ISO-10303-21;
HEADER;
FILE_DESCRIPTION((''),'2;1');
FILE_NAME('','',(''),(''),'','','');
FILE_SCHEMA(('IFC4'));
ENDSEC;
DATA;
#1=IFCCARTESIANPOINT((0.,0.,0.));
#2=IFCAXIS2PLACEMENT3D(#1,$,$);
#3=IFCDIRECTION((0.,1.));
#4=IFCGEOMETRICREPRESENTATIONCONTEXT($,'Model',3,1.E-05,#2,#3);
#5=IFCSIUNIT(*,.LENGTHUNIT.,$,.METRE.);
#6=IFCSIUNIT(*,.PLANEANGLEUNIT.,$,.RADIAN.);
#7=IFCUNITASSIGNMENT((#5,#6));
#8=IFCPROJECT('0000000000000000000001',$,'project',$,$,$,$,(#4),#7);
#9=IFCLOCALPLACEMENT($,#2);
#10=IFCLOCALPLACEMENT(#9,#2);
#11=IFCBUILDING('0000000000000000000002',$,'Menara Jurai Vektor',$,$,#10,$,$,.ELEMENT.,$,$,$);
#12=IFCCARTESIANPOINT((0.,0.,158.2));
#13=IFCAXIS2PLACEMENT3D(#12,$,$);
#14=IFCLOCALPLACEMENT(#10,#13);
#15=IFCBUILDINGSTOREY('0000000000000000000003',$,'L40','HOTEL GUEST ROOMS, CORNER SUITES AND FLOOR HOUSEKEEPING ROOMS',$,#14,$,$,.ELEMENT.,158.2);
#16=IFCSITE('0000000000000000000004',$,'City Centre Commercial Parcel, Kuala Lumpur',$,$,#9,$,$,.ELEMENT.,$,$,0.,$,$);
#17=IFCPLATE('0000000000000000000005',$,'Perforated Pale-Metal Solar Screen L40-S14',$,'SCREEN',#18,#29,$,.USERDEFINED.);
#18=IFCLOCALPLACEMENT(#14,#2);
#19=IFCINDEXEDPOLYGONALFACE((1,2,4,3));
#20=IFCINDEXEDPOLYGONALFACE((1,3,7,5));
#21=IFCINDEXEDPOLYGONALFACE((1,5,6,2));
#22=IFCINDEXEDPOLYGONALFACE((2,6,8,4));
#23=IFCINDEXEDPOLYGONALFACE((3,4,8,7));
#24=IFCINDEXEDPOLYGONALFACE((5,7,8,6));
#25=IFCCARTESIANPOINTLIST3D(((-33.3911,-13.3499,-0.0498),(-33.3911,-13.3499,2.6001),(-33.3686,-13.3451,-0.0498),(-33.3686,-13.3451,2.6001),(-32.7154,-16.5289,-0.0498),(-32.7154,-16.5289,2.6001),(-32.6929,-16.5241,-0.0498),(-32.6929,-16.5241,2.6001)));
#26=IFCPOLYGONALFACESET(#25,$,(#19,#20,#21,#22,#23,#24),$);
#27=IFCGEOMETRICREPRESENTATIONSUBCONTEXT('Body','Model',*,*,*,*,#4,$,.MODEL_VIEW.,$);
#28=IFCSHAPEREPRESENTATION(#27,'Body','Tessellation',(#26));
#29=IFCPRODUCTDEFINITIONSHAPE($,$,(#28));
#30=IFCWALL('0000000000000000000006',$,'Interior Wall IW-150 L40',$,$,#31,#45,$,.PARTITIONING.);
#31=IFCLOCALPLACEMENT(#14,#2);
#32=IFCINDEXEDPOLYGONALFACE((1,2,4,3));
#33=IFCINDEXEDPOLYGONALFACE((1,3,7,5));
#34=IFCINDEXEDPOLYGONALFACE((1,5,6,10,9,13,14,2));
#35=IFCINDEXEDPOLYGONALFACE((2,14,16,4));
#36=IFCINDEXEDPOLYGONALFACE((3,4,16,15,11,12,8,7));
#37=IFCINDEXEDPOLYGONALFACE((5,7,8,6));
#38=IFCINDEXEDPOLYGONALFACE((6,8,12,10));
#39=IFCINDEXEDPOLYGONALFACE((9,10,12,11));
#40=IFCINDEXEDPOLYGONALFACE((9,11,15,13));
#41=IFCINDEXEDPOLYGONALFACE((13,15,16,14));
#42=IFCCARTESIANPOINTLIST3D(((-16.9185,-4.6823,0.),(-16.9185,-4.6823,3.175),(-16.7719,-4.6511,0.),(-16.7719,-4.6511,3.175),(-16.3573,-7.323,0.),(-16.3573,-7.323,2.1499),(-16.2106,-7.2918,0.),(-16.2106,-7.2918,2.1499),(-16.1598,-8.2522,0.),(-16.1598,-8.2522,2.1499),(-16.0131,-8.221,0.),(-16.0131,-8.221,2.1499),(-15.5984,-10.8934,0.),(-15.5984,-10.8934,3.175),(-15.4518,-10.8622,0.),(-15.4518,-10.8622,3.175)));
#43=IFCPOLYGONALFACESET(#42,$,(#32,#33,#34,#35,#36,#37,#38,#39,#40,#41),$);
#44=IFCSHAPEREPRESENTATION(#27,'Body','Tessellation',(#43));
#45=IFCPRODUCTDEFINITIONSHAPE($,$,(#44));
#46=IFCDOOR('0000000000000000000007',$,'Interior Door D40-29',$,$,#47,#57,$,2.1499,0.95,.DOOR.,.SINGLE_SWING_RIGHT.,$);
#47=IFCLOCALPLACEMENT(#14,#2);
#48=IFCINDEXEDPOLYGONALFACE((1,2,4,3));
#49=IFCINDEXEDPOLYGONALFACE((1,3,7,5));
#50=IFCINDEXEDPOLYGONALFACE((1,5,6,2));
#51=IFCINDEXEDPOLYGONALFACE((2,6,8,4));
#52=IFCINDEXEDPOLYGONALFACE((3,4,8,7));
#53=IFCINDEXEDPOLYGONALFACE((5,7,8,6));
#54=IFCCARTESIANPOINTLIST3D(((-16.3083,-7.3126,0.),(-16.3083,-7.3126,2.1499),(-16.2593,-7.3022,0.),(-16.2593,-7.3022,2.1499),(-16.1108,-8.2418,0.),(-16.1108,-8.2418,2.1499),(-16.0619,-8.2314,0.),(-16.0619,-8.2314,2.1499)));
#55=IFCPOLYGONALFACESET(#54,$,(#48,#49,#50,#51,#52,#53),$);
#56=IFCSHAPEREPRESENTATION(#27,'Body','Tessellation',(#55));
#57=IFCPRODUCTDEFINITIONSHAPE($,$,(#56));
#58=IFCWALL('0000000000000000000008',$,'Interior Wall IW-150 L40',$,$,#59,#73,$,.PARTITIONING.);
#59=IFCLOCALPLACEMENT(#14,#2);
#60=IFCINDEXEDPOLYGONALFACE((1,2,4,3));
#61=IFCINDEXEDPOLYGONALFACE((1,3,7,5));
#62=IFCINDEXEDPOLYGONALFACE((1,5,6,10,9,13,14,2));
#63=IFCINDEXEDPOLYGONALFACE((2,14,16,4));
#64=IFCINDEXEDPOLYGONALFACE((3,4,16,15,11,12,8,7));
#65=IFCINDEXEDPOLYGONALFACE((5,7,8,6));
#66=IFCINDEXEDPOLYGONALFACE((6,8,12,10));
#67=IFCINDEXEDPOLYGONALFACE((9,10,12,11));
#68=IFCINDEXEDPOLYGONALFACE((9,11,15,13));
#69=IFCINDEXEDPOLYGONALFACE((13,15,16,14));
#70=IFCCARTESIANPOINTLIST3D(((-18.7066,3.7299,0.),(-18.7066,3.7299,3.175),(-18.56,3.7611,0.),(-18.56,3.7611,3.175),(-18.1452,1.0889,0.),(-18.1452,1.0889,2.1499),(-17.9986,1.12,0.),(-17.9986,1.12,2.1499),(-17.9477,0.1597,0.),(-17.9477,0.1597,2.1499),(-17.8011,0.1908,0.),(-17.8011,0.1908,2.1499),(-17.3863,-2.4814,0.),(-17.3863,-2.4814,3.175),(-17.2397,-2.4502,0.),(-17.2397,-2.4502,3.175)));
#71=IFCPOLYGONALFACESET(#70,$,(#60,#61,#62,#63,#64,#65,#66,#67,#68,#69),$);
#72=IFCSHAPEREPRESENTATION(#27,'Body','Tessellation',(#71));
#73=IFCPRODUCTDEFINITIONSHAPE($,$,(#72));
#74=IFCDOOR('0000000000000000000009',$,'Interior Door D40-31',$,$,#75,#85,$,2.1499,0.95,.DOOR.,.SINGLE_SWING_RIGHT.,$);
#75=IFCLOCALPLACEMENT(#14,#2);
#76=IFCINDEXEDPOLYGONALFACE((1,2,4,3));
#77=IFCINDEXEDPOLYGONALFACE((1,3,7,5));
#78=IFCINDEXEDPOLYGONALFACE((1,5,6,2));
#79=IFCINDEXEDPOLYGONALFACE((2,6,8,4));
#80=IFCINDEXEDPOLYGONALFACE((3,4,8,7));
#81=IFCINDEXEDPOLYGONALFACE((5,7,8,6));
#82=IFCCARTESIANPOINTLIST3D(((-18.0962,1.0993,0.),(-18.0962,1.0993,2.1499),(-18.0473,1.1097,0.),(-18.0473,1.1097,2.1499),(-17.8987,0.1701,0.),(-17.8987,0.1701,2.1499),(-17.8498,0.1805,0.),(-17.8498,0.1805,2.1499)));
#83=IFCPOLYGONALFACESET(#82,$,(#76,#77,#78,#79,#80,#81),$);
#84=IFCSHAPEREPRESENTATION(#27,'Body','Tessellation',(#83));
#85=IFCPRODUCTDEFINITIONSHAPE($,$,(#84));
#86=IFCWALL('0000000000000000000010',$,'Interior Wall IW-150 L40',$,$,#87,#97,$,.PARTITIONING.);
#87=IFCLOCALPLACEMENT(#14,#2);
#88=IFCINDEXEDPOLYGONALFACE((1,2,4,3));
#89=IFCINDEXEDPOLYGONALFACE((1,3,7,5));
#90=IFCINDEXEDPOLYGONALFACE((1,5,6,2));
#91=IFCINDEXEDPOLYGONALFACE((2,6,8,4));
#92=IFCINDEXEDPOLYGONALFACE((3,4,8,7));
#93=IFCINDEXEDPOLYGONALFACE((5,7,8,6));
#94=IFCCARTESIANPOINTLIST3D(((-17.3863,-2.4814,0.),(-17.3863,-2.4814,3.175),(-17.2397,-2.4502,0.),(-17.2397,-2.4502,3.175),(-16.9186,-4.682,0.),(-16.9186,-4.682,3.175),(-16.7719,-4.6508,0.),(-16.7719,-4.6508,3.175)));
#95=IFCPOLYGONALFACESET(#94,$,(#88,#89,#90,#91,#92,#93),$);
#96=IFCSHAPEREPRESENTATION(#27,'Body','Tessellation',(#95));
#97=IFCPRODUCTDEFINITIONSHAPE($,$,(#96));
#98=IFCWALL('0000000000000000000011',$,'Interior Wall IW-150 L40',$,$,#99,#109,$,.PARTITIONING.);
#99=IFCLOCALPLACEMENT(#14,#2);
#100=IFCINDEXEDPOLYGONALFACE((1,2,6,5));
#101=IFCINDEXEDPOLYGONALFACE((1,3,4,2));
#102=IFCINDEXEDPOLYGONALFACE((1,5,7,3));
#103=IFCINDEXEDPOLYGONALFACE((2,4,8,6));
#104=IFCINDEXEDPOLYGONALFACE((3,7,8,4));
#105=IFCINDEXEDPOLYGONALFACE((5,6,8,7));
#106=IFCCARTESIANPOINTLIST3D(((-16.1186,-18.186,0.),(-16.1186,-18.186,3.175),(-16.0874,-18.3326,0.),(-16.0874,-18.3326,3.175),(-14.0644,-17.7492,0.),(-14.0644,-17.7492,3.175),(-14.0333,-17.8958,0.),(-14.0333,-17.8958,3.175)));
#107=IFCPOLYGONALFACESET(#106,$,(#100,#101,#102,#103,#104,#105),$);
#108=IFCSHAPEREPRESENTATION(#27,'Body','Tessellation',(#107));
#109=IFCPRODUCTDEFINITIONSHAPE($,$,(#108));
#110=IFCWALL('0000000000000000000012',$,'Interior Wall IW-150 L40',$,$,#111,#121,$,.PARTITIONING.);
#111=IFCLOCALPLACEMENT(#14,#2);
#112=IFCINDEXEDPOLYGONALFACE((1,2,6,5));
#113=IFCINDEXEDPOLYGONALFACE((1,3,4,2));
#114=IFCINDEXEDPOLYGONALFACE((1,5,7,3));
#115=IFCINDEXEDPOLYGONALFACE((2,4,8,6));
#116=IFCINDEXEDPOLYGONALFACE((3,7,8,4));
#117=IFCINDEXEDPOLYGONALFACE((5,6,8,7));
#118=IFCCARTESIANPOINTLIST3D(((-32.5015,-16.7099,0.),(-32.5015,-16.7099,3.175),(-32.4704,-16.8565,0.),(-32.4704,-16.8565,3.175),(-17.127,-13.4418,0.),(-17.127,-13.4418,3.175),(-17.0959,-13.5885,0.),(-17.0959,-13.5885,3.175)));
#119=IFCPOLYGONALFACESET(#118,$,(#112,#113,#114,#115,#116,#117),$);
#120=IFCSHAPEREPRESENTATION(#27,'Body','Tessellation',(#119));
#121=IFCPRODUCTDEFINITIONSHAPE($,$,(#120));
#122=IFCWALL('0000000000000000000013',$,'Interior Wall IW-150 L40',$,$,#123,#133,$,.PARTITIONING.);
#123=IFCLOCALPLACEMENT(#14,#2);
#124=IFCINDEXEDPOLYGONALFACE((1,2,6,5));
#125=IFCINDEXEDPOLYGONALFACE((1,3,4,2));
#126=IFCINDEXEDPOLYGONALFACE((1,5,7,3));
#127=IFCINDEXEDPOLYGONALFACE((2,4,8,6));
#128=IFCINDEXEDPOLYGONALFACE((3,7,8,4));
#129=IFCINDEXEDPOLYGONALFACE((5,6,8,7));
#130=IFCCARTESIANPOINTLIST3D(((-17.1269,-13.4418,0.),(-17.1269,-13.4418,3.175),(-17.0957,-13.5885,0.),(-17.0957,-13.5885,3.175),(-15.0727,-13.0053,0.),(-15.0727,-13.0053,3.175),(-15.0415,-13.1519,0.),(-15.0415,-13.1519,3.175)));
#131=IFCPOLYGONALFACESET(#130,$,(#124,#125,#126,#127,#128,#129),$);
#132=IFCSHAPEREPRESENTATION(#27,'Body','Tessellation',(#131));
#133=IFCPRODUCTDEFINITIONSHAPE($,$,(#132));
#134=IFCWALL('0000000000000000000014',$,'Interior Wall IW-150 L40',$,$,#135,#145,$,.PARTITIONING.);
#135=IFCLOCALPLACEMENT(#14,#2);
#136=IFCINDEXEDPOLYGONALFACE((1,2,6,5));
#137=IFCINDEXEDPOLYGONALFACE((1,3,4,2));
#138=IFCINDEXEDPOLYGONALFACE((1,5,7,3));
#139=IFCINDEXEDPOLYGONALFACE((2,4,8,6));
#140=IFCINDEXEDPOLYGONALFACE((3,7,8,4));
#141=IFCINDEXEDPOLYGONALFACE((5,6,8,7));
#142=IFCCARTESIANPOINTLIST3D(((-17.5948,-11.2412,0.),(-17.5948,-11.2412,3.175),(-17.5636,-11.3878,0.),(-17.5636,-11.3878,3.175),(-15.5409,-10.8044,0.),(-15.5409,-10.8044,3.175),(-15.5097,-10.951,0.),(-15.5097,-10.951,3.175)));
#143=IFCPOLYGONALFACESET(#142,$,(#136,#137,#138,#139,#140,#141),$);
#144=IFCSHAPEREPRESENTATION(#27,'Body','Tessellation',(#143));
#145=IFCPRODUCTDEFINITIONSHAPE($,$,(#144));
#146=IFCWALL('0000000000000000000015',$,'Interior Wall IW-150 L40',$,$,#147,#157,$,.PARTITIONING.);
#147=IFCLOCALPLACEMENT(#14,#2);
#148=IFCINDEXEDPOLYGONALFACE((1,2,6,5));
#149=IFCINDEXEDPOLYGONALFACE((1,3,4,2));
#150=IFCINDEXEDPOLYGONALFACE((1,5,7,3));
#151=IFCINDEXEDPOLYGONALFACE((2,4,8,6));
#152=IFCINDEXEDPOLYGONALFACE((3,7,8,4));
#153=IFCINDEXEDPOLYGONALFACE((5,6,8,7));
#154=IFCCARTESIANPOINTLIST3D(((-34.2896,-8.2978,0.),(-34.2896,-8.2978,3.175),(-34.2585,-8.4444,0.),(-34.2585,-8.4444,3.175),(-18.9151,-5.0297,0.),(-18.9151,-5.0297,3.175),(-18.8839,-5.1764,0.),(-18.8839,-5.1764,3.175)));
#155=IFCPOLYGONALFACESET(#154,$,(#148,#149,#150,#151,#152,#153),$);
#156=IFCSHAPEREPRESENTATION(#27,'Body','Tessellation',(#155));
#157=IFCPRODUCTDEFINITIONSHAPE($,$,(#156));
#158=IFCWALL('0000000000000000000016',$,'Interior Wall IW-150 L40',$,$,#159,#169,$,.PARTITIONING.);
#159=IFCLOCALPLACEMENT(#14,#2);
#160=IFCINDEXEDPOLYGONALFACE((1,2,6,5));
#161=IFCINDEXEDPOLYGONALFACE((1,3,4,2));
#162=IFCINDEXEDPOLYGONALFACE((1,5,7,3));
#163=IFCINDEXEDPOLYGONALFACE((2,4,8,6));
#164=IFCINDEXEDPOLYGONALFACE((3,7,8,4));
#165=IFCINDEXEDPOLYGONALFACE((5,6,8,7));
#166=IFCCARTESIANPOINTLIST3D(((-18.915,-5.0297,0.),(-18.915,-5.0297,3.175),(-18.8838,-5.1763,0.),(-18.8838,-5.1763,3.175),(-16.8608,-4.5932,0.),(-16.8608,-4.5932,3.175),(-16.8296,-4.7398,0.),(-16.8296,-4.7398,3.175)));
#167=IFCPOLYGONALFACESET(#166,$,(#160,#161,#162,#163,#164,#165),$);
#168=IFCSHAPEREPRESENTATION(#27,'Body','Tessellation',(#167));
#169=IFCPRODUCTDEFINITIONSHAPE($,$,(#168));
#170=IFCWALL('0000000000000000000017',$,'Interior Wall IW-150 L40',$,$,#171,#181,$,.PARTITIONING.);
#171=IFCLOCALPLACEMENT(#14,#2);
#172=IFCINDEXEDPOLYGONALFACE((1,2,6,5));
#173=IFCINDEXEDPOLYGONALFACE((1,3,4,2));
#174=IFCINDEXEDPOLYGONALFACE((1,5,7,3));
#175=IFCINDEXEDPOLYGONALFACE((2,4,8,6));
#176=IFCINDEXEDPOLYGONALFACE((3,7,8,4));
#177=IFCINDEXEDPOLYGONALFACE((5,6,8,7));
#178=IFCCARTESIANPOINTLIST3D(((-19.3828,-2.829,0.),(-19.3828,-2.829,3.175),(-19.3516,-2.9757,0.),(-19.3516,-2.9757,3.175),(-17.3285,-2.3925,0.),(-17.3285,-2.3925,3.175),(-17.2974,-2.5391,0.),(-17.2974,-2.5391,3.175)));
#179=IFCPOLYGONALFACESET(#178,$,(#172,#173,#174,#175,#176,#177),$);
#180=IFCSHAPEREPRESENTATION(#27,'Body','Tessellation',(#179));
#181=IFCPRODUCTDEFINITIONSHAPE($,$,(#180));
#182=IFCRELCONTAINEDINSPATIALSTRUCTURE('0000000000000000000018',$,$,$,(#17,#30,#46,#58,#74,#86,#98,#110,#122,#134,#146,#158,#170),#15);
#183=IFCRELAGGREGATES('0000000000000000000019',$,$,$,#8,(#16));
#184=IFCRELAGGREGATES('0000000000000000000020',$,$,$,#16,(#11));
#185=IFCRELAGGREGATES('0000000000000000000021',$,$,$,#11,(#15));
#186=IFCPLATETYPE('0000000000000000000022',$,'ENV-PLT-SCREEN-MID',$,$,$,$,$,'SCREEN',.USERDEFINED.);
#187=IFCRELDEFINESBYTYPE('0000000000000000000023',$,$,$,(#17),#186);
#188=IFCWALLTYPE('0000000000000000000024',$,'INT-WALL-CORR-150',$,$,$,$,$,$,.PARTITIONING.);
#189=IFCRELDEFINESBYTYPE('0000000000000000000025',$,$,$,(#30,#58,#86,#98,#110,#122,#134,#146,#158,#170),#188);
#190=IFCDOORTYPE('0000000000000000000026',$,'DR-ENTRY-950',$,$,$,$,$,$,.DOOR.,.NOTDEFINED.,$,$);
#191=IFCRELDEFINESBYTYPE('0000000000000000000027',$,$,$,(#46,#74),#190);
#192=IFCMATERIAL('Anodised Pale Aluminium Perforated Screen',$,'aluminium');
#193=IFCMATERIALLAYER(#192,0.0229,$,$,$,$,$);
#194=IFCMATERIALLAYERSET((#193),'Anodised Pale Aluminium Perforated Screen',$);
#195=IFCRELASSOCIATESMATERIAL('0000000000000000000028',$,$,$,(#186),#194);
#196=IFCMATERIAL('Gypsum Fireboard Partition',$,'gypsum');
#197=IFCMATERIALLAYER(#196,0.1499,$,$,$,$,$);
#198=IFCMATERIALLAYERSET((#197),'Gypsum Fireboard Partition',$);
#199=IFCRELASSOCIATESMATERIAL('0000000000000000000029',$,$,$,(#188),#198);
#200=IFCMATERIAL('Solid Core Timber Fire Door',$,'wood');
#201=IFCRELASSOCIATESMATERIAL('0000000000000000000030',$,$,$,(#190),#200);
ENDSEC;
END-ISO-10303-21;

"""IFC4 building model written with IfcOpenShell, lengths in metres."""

from ifc_helpers import new_model, si_unit, direction, frame, frame_2d, origin, origin_2d, place, context, subcontext, project, spatial, rectangle, extrude, material, layer, layer_set, type_object, element, fill, save


model = new_model("IFC4")

# Units and contexts
model_context = context("Model", 3, precision=1e-05, world=origin(), true_north=direction((0.0, 1.0)))
body_context = subcontext(model_context, "Body", "Model", "MODEL_VIEW")
ifc_project = project(units=[si_unit("LENGTHUNIT", "METRE"), si_unit("PLANEANGLEUNIT", "RADIAN")], contexts=[model_context])

# Site, building, storey
site_placement = place(None, origin())
site = spatial("IfcSite", under=ifc_project, at=site_placement, Name="City Centre Commercial Parcel, Kuala Lumpur", CompositionType="ELEMENT", RefElevation=0.0)
building_placement = place(site_placement, origin())
building = spatial("IfcBuilding", under=site, at=building_placement, Name="Menara Jurai Vektor", CompositionType="ELEMENT")
storey_placement = place(building_placement, frame((0.0, 0.0, 158.2)))
storey = spatial("IfcBuildingStorey", under=building, at=storey_placement, Name="L40", Description="HOTEL GUEST ROOMS, CORNER SUITES AND FLOOR HOUSEKEEPING ROOMS", CompositionType="ELEMENT", Elevation=158.2)

# Plate
ifc_material_1 = material(Name="Anodised Pale Aluminium Perforated Screen", Category="aluminium")
ifc_layer_1 = layer(ifc_material_1, 0.0229)
ifc_layer_set_1 = layer_set([ifc_layer_1], Name="Anodised Pale Aluminium Perforated Screen")
plate_type_1 = type_object("IfcPlateType", Name="ENV-PLT-SCREEN-MID", ElementType="SCREEN", PredefinedType="USERDEFINED", material=ifc_layer_set_1)
for number, where, z_axis, x_axis, name in (
    (1, (-33.042, -14.937, -0.0498), (0.0, 0.0, 1.0), (0.207912, -0.978148, 0.0), "Perforated Pale-Metal Solar Screen L40-S14"),
):
    element("IfcPlate", number, at=place(storey_placement, frame(where, z_axis=z_axis, x_axis=x_axis)), inside=storey, type_object=plate_type_1, Name=name, ObjectType="SCREEN", PredefinedType="USERDEFINED", context=body_context, shape_type="SweptSolid", body=[
        extrude(rectangle(XDim=3.25, YDim=0.0229, at=origin_2d()), origin(), (0.0, 0.0, 1.0), 2.6499),
    ])

# Walls, openings, doors
ifc_material_2 = material(Name="Gypsum Fireboard Partition", Category="gypsum")
ifc_layer_2 = layer(ifc_material_2, 0.1499)
ifc_layer_set_2 = layer_set([ifc_layer_2], Name="Gypsum Fireboard Partition")
wall_type = type_object("IfcWallType", Name="INT-WALL-CORR-150", PredefinedType="PARTITIONING", material=ifc_layer_set_2)
wall_1_placement = place(storey_placement, frame((-15.5251, -10.8777, 0.0), z_axis=(0.0, 0.0, 1.0), x_axis=(-0.207888, 0.978153, 0.0)))
wall_1 = element("IfcWall", 2, at=wall_1_placement, inside=storey, type_object=wall_type, Name="Interior Wall IW-150 L40", PredefinedType="PARTITIONING", context=body_context, shape_type="SweptSolid", body=[
    extrude(rectangle(XDim=6.3499, YDim=0.1499, at=frame_2d((3.1748, 0.0))), origin(), (0.0, 0.0, 1.0), 3.175),
])
opening_1_placement = place(wall_1_placement, frame((2.7, 0.0, 0.0)))
opening_1 = element("IfcOpeningElement", 3, at=opening_1_placement, cuts=wall_1, PredefinedType="OPENING", context=body_context, shape_type="SweptSolid", body=[
    extrude(rectangle(XDim=0.95, YDim=2.1499, at=frame_2d((0.4751, 1.075))), frame((0.0, 0.085, 0.0), z_axis=(0.0, -1.0, 0.0), x_axis=(1.0, 0.0, 0.0)), (0.0, 0.0, 1.0), 0.1699),
])
ifc_material_3 = material(Name="Solid Core Timber Fire Door", Category="wood")
door_type_1 = type_object("IfcDoorType", Name="DR-ENTRY-950", OperationType="NOTDEFINED", PredefinedType="DOOR", material=ifc_material_3)
door_1_placement = place(opening_1_placement, origin())
door_1 = element("IfcDoor", 4, at=door_1_placement, inside=storey, type_object=door_type_1, Name="Interior Door D40-29", OperationType="SINGLE_SWING_RIGHT", OverallHeight=2.1499, OverallWidth=0.95, PredefinedType="DOOR", context=body_context, shape_type="SweptSolid", body=[
    extrude(rectangle(XDim=0.95, YDim=2.1499, at=frame_2d((0.4751, 1.075))), frame((0.0, 0.0249, 0.0), z_axis=(0.0, -1.0, 0.0), x_axis=(1.0, 0.0, 0.0)), (0.0, 0.0, 1.0), 0.05),
])
fill(opening_1, door_1)
wall_2_placement = place(storey_placement, frame((-17.313, -2.4658, 0.0), z_axis=(0.0, 0.0, 1.0), x_axis=(-0.207917, 0.978147, 0.0)))
wall_2 = element("IfcWall", 5, at=wall_2_placement, inside=storey, type_object=wall_type, Name="Interior Wall IW-150 L40", PredefinedType="PARTITIONING", context=body_context, shape_type="SweptSolid", body=[
    extrude(rectangle(XDim=6.3501, YDim=0.1499, at=frame_2d((3.175, 0.0))), origin(), (0.0, 0.0, 1.0), 3.175),
])
opening_2_placement = place(wall_2_placement, frame((2.7, 0.0, 0.0)))
opening_2 = element("IfcOpeningElement", 6, at=opening_2_placement, cuts=wall_2, PredefinedType="OPENING", context=body_context, shape_type="SweptSolid", body=[
    extrude(rectangle(XDim=0.95, YDim=2.1499, at=frame_2d((0.4751, 1.075))), frame((0.0, 0.085, 0.0), z_axis=(0.0, -1.0, 0.0), x_axis=(1.0, 0.0, 0.0)), (0.0, 0.0, 1.0), 0.1699),
])
door_2_placement = place(opening_2_placement, origin())
door_2 = element("IfcDoor", 7, at=door_2_placement, inside=storey, type_object=door_type_1, Name="Interior Door D40-31", OperationType="SINGLE_SWING_RIGHT", OverallHeight=2.1499, OverallWidth=0.95, PredefinedType="DOOR", context=body_context, shape_type="SweptSolid", body=[
    extrude(rectangle(XDim=0.95, YDim=2.1499, at=frame_2d((0.4751, 1.075))), frame((0.0, 0.0249, 0.0), z_axis=(0.0, -1.0, 0.0), x_axis=(1.0, 0.0, 0.0)), (0.0, 0.0, 1.0), 0.05),
])
fill(opening_2, door_2)

# Walls
wall_3_placement = place(storey_placement, frame((-16.8452, -4.6665, 0.0), z_axis=(0.0, 0.0, 1.0), x_axis=(-0.207913, 0.978147, 0.0)))
element("IfcWall", 8, at=wall_3_placement, inside=storey, type_object=wall_type, Name="Interior Wall IW-150 L40", PredefinedType="PARTITIONING", context=body_context, shape_type="SweptSolid", body=[
    extrude(rectangle(XDim=2.2498, YDim=0.1499, at=frame_2d((1.125, 0.0))), origin(), (0.0, 0.0, 1.0), 3.175),
])
wall_4_placement = place(storey_placement, frame((-16.103, -18.2593, 0.0), z_axis=(0.0, 0.0, 1.0), x_axis=(0.978135, 0.207973, 0.0)))
element("IfcWall", 9, at=wall_4_placement, inside=storey, type_object=wall_type, Name="Interior Wall IW-150 L40", PredefinedType="PARTITIONING", context=body_context, shape_type="SweptSolid", body=[
    extrude(rectangle(XDim=2.1001, YDim=0.1499, at=frame_2d((1.05, 0.0))), origin(), (0.0, 0.0, 1.0), 3.175),
])
wall_5_placement = place(storey_placement, frame((-32.4858, -16.7832, 0.0), z_axis=(0.0, 0.0, 1.0), x_axis=(0.978146, 0.207919, 0.0)))
element("IfcWall", 10, at=wall_5_placement, inside=storey, type_object=wall_type, Name="Interior Wall IW-150 L40", PredefinedType="PARTITIONING", context=body_context, shape_type="SweptSolid", body=[
    extrude(rectangle(XDim=15.718, YDim=0.1499, at=frame_2d((7.8589, 0.0))), origin(), (0.0, 0.0, 1.0), 3.175),
])
wall_6_placement = place(storey_placement, frame((-17.1113, -13.5151, 0.0), z_axis=(0.0, 0.0, 1.0), x_axis=(0.978158, 0.207862, 0.0)))
element("IfcWall", 11, at=wall_6_placement, inside=storey, type_object=wall_type, Name="Interior Wall IW-150 L40", PredefinedType="PARTITIONING", context=body_context, shape_type="SweptSolid", body=[
    extrude(rectangle(XDim=2.1001, YDim=0.1499, at=frame_2d((1.05, 0.0))), origin(), (0.0, 0.0, 1.0), 3.175),
])

# Walls
wall_7_placement = place(storey_placement, frame((-17.5791, -11.3145, 0.0), z_axis=(0.0, 0.0, 1.0), x_axis=(0.97813, 0.207996, 0.0)))
element("IfcWall", 12, at=wall_7_placement, inside=storey, type_object=wall_type, Name="Interior Wall IW-150 L40", PredefinedType="PARTITIONING", context=body_context, shape_type="SweptSolid", body=[
    extrude(rectangle(XDim=2.0999, YDim=0.1499, at=frame_2d((1.0498, 0.0))), origin(), (0.0, 0.0, 1.0), 3.175),
])
wall_8_placement = place(storey_placement, frame((-34.2739, -8.3711, 0.0), z_axis=(0.0, 0.0, 1.0), x_axis=(0.978146, 0.207919, 0.0)))
element("IfcWall", 13, at=wall_8_placement, inside=storey, type_object=wall_type, Name="Interior Wall IW-150 L40", PredefinedType="PARTITIONING", context=body_context, shape_type="SweptSolid", body=[
    extrude(rectangle(XDim=15.718, YDim=0.1499, at=frame_2d((7.8589, 0.0))), origin(), (0.0, 0.0, 1.0), 3.175),
])
wall_9_placement = place(storey_placement, frame((-18.8994, -5.103, 0.0), z_axis=(0.0, 0.0, 1.0), x_axis=(0.978158, 0.207862, 0.0)))
element("IfcWall", 14, at=wall_9_placement, inside=storey, type_object=wall_type, Name="Interior Wall IW-150 L40", PredefinedType="PARTITIONING", context=body_context, shape_type="SweptSolid", body=[
    extrude(rectangle(XDim=2.1001, YDim=0.1499, at=frame_2d((1.05, 0.0))), origin(), (0.0, 0.0, 1.0), 3.175),
])

# Wall
wall_10_placement = place(storey_placement, frame((-19.3672, -2.9023, 0.0), z_axis=(0.0, 0.0, 1.0), x_axis=(0.978158, 0.207862, 0.0)))
element("IfcWall", 15, at=wall_10_placement, inside=storey, type_object=wall_type, Name="Interior Wall IW-150 L40", PredefinedType="PARTITIONING", context=body_context, shape_type="SweptSolid", body=[
    extrude(rectangle(XDim=2.1001, YDim=0.1499, at=frame_2d((1.05, 0.0))), origin(), (0.0, 0.0, 1.0), 3.175),
])

save(model, "model.ifc")
